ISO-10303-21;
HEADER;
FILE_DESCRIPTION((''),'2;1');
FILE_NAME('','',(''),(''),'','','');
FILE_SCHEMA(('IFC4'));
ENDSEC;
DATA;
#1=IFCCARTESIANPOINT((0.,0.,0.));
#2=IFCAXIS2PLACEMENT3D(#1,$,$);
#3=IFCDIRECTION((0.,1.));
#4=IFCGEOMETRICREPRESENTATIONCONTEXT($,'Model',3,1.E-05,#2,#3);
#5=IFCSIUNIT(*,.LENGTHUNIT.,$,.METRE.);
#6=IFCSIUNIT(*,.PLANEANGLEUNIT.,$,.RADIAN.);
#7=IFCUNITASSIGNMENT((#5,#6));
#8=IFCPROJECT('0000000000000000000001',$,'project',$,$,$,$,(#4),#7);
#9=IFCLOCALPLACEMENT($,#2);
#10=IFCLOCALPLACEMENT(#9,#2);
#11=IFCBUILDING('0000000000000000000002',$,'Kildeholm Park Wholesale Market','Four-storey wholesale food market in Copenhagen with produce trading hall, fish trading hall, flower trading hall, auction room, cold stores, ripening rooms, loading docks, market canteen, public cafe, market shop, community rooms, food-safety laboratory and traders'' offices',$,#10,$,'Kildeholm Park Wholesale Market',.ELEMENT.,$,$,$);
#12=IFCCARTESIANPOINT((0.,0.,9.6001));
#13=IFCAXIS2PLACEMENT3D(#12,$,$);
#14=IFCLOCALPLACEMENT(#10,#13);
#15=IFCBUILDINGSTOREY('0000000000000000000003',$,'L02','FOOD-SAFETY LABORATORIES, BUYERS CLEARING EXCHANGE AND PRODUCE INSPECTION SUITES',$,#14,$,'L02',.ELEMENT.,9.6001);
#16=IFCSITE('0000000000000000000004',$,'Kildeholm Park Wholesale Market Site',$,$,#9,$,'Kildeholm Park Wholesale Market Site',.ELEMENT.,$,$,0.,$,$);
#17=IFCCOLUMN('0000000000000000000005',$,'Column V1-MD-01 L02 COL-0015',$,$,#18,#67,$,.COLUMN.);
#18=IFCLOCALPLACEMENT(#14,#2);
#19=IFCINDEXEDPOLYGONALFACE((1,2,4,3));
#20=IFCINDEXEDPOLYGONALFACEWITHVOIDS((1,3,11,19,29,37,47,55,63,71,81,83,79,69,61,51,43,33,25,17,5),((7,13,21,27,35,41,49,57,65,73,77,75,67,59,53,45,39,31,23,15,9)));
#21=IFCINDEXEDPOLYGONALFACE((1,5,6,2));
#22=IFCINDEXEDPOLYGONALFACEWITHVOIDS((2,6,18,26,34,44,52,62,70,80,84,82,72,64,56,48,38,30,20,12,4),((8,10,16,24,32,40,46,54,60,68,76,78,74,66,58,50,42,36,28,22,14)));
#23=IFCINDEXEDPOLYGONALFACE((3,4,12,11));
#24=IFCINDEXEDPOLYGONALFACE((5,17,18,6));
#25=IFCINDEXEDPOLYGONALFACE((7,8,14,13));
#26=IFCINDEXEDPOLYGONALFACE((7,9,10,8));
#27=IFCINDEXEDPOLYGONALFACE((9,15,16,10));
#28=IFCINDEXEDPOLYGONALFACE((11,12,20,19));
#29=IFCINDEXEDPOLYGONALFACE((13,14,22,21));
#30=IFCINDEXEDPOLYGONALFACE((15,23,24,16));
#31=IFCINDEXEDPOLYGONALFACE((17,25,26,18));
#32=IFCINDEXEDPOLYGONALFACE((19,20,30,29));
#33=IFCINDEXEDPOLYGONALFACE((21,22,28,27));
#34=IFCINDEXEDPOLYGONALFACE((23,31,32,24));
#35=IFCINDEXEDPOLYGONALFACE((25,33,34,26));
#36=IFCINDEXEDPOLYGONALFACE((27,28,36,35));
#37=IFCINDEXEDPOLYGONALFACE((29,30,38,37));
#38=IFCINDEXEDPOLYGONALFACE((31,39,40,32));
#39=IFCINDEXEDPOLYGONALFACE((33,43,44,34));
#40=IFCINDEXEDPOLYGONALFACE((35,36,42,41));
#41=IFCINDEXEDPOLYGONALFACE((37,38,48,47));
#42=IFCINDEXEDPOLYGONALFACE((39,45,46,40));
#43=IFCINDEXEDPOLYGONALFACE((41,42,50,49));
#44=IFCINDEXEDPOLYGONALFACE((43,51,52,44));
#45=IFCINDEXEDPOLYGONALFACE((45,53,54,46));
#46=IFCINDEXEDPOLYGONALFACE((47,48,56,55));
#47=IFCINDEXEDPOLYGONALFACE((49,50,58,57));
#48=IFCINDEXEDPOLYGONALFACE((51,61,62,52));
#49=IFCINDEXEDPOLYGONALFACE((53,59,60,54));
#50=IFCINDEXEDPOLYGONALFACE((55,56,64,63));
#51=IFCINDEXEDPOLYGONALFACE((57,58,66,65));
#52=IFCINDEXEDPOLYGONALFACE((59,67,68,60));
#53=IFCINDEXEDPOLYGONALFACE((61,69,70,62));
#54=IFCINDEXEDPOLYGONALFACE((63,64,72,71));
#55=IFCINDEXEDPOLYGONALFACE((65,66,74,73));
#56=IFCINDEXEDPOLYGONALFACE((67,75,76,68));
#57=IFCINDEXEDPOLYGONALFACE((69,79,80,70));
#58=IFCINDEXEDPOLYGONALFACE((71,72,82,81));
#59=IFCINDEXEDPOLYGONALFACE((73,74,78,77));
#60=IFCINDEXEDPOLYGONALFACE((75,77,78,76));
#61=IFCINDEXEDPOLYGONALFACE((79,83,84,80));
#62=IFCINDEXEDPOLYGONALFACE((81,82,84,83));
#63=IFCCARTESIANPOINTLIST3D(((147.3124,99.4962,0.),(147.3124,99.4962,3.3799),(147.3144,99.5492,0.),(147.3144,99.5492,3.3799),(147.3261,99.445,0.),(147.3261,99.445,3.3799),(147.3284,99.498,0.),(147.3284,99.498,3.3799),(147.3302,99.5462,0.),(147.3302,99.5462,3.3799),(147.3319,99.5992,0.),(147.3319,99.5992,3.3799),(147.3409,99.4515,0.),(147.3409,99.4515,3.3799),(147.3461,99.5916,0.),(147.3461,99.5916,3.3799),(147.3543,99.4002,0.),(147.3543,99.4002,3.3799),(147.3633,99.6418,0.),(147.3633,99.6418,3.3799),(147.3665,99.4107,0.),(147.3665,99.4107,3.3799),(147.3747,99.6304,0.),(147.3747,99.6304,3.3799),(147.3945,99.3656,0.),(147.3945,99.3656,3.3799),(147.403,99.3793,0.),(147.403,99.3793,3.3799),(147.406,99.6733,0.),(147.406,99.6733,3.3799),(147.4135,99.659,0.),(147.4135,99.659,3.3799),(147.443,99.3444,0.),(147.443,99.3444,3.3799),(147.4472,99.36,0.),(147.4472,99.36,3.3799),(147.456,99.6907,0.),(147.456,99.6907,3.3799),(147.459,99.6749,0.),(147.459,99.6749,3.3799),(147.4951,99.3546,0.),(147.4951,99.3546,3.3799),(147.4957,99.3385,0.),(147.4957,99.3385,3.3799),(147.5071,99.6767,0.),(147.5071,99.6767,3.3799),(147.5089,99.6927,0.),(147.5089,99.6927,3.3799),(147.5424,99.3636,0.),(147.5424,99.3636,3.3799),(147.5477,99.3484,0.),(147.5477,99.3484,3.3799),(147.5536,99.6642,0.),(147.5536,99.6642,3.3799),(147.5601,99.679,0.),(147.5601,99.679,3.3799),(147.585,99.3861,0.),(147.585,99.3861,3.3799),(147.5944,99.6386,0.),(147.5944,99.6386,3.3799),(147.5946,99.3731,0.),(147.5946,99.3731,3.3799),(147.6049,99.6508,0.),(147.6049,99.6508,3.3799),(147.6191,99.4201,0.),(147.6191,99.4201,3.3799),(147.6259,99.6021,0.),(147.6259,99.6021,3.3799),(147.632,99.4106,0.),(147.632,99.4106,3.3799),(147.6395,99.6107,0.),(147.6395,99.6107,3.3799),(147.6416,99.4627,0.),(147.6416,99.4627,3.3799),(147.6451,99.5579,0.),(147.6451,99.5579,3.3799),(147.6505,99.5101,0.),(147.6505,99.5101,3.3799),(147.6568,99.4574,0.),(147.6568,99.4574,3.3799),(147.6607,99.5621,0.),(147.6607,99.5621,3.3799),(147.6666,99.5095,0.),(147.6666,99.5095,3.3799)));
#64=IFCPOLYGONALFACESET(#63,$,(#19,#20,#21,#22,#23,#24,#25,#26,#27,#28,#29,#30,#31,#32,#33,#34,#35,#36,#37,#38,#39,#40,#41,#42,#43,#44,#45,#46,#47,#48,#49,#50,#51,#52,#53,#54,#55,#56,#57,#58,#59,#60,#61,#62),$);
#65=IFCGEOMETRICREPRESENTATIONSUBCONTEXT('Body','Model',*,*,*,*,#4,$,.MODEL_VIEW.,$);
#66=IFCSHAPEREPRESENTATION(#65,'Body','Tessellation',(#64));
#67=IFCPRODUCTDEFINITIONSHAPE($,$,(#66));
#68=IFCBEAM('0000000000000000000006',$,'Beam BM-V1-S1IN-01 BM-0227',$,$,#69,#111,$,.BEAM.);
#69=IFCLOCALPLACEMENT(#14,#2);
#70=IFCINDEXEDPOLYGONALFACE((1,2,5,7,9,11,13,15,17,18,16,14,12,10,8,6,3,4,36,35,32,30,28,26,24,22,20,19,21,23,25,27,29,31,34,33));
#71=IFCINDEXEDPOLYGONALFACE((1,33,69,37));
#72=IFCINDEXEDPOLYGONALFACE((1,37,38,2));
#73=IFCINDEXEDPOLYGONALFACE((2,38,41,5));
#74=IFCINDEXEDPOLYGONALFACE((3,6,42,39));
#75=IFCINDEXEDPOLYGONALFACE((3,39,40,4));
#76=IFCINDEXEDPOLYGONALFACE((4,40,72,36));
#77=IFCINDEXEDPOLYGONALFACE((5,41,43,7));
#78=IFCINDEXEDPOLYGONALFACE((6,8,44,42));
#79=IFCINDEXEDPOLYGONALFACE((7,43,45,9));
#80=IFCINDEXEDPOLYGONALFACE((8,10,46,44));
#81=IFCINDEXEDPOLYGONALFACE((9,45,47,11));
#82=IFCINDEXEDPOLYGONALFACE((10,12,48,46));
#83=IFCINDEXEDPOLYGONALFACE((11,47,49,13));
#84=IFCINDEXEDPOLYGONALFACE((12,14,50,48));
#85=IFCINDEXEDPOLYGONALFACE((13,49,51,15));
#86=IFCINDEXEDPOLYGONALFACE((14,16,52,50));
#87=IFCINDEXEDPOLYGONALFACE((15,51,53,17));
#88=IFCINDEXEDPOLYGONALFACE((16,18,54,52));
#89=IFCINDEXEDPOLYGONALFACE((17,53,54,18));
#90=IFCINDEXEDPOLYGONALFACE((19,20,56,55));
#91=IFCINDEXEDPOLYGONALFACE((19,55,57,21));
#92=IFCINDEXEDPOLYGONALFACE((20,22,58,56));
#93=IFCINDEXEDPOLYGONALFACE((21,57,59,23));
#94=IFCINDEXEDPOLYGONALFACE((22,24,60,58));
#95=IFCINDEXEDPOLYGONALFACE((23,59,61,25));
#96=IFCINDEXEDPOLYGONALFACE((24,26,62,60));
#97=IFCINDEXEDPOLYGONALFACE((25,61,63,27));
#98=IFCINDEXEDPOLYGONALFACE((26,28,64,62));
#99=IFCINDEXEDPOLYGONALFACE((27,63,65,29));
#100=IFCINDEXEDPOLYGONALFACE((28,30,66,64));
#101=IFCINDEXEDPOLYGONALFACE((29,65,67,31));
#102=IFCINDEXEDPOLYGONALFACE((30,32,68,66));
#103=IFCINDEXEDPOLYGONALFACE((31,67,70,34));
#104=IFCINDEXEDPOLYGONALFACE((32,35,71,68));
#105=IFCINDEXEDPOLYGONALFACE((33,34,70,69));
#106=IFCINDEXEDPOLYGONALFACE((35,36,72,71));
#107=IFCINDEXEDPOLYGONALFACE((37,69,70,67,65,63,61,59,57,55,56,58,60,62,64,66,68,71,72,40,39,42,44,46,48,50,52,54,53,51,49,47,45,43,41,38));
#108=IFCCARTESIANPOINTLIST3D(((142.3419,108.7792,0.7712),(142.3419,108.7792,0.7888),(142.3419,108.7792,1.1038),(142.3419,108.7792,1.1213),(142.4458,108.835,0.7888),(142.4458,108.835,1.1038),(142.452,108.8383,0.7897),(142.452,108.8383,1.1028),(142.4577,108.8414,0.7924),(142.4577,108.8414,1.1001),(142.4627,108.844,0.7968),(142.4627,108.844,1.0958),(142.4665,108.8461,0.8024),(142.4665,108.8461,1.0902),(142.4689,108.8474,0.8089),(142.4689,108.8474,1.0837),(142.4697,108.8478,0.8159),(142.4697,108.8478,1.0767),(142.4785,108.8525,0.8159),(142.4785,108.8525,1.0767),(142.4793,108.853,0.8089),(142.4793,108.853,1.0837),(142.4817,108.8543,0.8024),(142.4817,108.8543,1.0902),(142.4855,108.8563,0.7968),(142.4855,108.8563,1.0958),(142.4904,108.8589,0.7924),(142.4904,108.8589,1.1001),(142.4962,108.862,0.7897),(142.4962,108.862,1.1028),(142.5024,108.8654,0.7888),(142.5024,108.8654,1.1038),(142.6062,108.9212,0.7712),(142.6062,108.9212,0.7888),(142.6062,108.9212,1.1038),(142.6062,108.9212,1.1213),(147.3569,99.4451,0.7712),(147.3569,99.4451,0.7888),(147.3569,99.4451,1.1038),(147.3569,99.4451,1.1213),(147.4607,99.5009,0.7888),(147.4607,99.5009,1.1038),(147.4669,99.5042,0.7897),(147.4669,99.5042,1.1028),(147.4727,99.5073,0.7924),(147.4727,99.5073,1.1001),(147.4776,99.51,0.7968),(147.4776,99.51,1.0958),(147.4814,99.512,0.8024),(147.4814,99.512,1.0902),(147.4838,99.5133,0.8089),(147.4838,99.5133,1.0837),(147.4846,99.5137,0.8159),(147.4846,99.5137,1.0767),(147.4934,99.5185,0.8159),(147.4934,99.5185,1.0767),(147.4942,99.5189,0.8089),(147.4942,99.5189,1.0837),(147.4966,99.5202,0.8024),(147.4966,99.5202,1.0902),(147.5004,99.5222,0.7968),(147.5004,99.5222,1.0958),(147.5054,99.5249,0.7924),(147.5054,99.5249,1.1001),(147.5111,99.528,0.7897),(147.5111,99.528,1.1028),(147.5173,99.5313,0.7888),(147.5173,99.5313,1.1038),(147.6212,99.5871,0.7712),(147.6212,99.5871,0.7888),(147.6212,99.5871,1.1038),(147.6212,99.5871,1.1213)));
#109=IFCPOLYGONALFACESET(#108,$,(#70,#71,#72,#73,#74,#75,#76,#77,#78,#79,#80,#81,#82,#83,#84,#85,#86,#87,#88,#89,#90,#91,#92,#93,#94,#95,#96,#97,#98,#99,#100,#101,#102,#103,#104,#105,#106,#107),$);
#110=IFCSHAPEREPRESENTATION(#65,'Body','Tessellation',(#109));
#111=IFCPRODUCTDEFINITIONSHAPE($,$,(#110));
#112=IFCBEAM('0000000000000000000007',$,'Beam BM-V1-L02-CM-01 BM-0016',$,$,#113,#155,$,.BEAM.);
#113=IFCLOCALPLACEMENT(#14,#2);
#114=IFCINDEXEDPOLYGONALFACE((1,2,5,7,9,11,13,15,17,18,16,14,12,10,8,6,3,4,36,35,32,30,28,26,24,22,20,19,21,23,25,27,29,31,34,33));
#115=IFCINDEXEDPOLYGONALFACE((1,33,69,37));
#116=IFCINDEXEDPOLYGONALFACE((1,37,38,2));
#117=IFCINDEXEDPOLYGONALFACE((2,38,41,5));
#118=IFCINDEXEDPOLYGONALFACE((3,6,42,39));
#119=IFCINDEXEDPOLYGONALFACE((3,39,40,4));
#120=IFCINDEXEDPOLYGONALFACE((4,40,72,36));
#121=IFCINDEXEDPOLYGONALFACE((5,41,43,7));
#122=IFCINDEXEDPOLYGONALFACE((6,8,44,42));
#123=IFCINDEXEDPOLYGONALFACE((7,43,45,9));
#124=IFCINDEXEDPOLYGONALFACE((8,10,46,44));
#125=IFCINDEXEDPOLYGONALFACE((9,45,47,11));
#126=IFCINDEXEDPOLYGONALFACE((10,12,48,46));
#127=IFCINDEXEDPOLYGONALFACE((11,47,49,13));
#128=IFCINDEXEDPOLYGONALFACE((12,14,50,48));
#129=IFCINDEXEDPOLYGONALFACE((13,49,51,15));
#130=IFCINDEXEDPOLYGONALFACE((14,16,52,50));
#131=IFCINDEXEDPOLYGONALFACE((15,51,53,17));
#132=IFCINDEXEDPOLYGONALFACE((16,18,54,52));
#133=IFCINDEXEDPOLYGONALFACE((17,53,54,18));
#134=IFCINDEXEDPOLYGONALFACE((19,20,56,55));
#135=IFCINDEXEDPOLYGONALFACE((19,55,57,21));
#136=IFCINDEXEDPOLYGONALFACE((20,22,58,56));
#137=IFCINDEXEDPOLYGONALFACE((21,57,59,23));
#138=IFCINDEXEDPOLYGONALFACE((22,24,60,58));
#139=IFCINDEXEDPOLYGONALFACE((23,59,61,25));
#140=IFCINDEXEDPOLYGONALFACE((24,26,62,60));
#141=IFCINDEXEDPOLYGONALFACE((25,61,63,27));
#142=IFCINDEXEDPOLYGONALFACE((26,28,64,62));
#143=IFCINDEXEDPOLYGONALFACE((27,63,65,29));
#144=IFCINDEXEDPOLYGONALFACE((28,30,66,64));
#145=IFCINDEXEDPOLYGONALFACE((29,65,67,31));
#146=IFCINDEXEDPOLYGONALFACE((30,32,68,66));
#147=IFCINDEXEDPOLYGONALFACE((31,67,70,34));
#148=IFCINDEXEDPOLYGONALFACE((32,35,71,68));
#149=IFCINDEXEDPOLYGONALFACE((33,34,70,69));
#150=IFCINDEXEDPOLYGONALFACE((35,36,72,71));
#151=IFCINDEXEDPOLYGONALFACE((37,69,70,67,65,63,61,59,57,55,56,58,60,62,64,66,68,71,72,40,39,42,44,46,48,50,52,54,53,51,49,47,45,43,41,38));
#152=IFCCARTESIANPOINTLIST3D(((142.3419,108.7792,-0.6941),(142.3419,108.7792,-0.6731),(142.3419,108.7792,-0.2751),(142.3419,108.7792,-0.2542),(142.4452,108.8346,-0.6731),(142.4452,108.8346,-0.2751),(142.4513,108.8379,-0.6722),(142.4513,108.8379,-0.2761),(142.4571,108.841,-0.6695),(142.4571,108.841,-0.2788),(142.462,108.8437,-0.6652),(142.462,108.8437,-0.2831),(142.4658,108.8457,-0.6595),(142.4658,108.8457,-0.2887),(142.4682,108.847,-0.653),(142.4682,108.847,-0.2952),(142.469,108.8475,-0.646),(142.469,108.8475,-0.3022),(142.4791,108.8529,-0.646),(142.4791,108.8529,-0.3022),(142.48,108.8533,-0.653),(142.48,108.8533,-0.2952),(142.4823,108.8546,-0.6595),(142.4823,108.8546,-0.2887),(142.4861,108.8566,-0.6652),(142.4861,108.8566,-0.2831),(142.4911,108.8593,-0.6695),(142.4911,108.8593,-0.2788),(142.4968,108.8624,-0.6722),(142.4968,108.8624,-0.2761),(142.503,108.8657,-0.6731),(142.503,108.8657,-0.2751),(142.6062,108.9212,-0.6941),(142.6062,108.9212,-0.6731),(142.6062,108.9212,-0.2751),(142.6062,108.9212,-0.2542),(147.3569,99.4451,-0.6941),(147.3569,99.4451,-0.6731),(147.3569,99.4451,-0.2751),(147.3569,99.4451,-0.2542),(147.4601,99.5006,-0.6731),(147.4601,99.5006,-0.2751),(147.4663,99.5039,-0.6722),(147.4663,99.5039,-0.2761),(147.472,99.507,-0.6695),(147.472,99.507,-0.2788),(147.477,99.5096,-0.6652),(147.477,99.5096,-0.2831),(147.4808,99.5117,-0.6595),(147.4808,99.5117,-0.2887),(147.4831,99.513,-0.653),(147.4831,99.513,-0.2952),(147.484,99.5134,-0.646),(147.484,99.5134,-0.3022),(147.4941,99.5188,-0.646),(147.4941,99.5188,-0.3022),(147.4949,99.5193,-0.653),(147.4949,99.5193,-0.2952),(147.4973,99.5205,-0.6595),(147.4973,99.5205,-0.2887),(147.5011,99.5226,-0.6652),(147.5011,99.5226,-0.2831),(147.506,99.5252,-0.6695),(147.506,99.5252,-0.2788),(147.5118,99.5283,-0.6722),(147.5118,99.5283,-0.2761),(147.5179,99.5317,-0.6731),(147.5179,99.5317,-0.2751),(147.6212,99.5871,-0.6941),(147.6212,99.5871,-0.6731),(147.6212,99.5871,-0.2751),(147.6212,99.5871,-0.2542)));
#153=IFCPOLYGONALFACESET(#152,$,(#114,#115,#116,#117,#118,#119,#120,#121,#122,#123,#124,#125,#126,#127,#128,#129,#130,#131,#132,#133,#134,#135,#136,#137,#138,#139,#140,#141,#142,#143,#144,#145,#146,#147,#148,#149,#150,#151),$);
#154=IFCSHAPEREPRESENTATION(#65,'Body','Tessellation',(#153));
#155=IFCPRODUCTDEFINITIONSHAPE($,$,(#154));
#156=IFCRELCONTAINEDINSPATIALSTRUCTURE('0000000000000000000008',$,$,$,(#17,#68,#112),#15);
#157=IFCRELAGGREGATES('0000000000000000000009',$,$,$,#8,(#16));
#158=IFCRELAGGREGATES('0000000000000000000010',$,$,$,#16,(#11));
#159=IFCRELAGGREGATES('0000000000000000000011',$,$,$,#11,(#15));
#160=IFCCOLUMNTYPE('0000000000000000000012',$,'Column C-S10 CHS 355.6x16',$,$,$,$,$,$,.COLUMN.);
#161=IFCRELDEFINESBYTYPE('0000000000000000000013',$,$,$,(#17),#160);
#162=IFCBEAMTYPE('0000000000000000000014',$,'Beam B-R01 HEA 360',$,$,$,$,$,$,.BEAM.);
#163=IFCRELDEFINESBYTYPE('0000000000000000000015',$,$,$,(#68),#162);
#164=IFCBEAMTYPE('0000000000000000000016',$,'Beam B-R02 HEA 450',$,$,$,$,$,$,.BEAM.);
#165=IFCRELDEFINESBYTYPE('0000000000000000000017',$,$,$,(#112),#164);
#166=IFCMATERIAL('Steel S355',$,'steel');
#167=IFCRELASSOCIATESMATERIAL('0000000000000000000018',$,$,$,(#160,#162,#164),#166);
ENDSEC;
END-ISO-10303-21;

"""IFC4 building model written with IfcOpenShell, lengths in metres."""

from ifc_helpers import new_model, si_unit, direction, frame, origin, origin_2d, place, context, subcontext, project, spatial, hollow_circle, i_section, extrude, material, material_profile, profile_set, type_object, element, save


model = new_model("IFC4")

# Units and contexts
model_context = context("Model", 3, precision=1e-05, world=origin(), true_north=direction((0.0, 1.0)))
body_context = subcontext(model_context, "Body", "Model", "MODEL_VIEW")
ifc_project = project(units=[si_unit("LENGTHUNIT", "METRE"), si_unit("PLANEANGLEUNIT", "RADIAN")], contexts=[model_context])

# Site, building, storey
site_placement = place(None, origin())
site = spatial("IfcSite", under=ifc_project, at=site_placement, Name="Kildeholm Park Wholesale Market Site", LongName="Kildeholm Park Wholesale Market Site", CompositionType="ELEMENT", RefElevation=0.0)
building_placement = place(site_placement, origin())
building = spatial("IfcBuilding", under=site, at=building_placement, Name="Kildeholm Park Wholesale Market", Description="Four-storey wholesale food market in Copenhagen with produce trading hall, fish trading hall, flower trading hall, auction room, cold stores, ripening rooms, loading docks, market canteen, public cafe, market shop, community rooms, food-safety laboratory and traders' offices", LongName="Kildeholm Park Wholesale Market", CompositionType="ELEMENT")
storey_placement = place(building_placement, frame((0.0, 0.0, 9.6001)))
storey = spatial("IfcBuildingStorey", under=building, at=storey_placement, Name="L02", Description="FOOD-SAFETY LABORATORIES, BUYERS CLEARING EXCHANGE AND PRODUCE INSPECTION SUITES", LongName="L02", CompositionType="ELEMENT", Elevation=9.6001)

# Column
ifc_material_1 = material(Name="Steel S355", Category="steel")
ifc_material_profile_1 = material_profile(ifc_material_1, hollow_circle(Radius=0.1777, WallThickness=0.0161, at=origin_2d()), Name="CHS 355.6x16")
ifc_profile_set_1 = profile_set([ifc_material_profile_1], Name="Steel S355")
column_type = type_object("IfcColumnType", Name="Column C-S10 CHS 355.6x16", PredefinedType="COLUMN", material=ifc_profile_set_1)
column_placement = place(storey_placement, frame((147.489, 99.5161, 0.0), z_axis=(0.0, 0.0, 1.0), x_axis=(0.965926, 0.258819, 0.0)))
element("IfcColumn", 1, at=column_placement, inside=storey, type_object=column_type, Name="Column V1-MD-01 L02 COL-0015", PredefinedType="COLUMN", context=body_context, shape_type="SweptSolid", body=[
    extrude(hollow_circle(Radius=0.1777, WallThickness=0.0161, at=origin_2d()), origin(), (0.0, 0.0, 1.0), 3.3799),
])

# Beams
ifc_material_profile_2 = material_profile(ifc_material_1, i_section(OverallWidth=0.3, OverallDepth=0.3501, WebThickness=0.01, FlangeThickness=0.0176, FilletRadius=0.0271, at=origin_2d()), Name="HEA 360")
ifc_profile_set_2 = profile_set([ifc_material_profile_2], Name="Steel S355")
beam_type_1 = type_object("IfcBeamType", Name="Beam B-R01 HEA 360", PredefinedType="BEAM", material=ifc_profile_set_2)
beam_1_placement = place(storey_placement, frame((147.489, 99.5161, 0.9463), z_axis=(-0.473288, 0.880908, 0.0), x_axis=(-0.880908, -0.473288, 0.0)))
element("IfcBeam", 2, at=beam_1_placement, inside=storey, type_object=beam_type_1, Name="Beam BM-V1-S1IN-01 BM-0227", PredefinedType="BEAM", context=body_context, shape_type="SweptSolid", body=[
    extrude(i_section(OverallWidth=0.3, OverallDepth=0.3501, WebThickness=0.01, FlangeThickness=0.0176, FilletRadius=0.0271, at=origin_2d()), origin(), (0.0, 0.0, 1.0), 10.5959),
])
ifc_material_profile_3 = material_profile(ifc_material_1, i_section(OverallWidth=0.3, OverallDepth=0.4399, WebThickness=0.0115, FlangeThickness=0.021, FilletRadius=0.0271, at=origin_2d()), Name="HEA 450")
ifc_profile_set_3 = profile_set([ifc_material_profile_3], Name="Steel S355")
beam_type_2 = type_object("IfcBeamType", Name="Beam B-R02 HEA 450", PredefinedType="BEAM", material=ifc_profile_set_3)
beam_2_placement = place(storey_placement, frame((147.489, 99.5161, -0.4741), z_axis=(-0.473288, 0.880908, 0.0), x_axis=(-0.880908, -0.473288, 0.0)))
element("IfcBeam", 3, at=beam_2_placement, inside=storey, type_object=beam_type_2, Name="Beam BM-V1-L02-CM-01 BM-0016", PredefinedType="BEAM", context=body_context, shape_type="SweptSolid", body=[
    extrude(i_section(OverallWidth=0.3, OverallDepth=0.4399, WebThickness=0.0115, FlangeThickness=0.021, FilletRadius=0.0271, at=origin_2d()), origin(), (0.0, 0.0, 1.0), 10.5959),
])

save(model, "model.ifc")
